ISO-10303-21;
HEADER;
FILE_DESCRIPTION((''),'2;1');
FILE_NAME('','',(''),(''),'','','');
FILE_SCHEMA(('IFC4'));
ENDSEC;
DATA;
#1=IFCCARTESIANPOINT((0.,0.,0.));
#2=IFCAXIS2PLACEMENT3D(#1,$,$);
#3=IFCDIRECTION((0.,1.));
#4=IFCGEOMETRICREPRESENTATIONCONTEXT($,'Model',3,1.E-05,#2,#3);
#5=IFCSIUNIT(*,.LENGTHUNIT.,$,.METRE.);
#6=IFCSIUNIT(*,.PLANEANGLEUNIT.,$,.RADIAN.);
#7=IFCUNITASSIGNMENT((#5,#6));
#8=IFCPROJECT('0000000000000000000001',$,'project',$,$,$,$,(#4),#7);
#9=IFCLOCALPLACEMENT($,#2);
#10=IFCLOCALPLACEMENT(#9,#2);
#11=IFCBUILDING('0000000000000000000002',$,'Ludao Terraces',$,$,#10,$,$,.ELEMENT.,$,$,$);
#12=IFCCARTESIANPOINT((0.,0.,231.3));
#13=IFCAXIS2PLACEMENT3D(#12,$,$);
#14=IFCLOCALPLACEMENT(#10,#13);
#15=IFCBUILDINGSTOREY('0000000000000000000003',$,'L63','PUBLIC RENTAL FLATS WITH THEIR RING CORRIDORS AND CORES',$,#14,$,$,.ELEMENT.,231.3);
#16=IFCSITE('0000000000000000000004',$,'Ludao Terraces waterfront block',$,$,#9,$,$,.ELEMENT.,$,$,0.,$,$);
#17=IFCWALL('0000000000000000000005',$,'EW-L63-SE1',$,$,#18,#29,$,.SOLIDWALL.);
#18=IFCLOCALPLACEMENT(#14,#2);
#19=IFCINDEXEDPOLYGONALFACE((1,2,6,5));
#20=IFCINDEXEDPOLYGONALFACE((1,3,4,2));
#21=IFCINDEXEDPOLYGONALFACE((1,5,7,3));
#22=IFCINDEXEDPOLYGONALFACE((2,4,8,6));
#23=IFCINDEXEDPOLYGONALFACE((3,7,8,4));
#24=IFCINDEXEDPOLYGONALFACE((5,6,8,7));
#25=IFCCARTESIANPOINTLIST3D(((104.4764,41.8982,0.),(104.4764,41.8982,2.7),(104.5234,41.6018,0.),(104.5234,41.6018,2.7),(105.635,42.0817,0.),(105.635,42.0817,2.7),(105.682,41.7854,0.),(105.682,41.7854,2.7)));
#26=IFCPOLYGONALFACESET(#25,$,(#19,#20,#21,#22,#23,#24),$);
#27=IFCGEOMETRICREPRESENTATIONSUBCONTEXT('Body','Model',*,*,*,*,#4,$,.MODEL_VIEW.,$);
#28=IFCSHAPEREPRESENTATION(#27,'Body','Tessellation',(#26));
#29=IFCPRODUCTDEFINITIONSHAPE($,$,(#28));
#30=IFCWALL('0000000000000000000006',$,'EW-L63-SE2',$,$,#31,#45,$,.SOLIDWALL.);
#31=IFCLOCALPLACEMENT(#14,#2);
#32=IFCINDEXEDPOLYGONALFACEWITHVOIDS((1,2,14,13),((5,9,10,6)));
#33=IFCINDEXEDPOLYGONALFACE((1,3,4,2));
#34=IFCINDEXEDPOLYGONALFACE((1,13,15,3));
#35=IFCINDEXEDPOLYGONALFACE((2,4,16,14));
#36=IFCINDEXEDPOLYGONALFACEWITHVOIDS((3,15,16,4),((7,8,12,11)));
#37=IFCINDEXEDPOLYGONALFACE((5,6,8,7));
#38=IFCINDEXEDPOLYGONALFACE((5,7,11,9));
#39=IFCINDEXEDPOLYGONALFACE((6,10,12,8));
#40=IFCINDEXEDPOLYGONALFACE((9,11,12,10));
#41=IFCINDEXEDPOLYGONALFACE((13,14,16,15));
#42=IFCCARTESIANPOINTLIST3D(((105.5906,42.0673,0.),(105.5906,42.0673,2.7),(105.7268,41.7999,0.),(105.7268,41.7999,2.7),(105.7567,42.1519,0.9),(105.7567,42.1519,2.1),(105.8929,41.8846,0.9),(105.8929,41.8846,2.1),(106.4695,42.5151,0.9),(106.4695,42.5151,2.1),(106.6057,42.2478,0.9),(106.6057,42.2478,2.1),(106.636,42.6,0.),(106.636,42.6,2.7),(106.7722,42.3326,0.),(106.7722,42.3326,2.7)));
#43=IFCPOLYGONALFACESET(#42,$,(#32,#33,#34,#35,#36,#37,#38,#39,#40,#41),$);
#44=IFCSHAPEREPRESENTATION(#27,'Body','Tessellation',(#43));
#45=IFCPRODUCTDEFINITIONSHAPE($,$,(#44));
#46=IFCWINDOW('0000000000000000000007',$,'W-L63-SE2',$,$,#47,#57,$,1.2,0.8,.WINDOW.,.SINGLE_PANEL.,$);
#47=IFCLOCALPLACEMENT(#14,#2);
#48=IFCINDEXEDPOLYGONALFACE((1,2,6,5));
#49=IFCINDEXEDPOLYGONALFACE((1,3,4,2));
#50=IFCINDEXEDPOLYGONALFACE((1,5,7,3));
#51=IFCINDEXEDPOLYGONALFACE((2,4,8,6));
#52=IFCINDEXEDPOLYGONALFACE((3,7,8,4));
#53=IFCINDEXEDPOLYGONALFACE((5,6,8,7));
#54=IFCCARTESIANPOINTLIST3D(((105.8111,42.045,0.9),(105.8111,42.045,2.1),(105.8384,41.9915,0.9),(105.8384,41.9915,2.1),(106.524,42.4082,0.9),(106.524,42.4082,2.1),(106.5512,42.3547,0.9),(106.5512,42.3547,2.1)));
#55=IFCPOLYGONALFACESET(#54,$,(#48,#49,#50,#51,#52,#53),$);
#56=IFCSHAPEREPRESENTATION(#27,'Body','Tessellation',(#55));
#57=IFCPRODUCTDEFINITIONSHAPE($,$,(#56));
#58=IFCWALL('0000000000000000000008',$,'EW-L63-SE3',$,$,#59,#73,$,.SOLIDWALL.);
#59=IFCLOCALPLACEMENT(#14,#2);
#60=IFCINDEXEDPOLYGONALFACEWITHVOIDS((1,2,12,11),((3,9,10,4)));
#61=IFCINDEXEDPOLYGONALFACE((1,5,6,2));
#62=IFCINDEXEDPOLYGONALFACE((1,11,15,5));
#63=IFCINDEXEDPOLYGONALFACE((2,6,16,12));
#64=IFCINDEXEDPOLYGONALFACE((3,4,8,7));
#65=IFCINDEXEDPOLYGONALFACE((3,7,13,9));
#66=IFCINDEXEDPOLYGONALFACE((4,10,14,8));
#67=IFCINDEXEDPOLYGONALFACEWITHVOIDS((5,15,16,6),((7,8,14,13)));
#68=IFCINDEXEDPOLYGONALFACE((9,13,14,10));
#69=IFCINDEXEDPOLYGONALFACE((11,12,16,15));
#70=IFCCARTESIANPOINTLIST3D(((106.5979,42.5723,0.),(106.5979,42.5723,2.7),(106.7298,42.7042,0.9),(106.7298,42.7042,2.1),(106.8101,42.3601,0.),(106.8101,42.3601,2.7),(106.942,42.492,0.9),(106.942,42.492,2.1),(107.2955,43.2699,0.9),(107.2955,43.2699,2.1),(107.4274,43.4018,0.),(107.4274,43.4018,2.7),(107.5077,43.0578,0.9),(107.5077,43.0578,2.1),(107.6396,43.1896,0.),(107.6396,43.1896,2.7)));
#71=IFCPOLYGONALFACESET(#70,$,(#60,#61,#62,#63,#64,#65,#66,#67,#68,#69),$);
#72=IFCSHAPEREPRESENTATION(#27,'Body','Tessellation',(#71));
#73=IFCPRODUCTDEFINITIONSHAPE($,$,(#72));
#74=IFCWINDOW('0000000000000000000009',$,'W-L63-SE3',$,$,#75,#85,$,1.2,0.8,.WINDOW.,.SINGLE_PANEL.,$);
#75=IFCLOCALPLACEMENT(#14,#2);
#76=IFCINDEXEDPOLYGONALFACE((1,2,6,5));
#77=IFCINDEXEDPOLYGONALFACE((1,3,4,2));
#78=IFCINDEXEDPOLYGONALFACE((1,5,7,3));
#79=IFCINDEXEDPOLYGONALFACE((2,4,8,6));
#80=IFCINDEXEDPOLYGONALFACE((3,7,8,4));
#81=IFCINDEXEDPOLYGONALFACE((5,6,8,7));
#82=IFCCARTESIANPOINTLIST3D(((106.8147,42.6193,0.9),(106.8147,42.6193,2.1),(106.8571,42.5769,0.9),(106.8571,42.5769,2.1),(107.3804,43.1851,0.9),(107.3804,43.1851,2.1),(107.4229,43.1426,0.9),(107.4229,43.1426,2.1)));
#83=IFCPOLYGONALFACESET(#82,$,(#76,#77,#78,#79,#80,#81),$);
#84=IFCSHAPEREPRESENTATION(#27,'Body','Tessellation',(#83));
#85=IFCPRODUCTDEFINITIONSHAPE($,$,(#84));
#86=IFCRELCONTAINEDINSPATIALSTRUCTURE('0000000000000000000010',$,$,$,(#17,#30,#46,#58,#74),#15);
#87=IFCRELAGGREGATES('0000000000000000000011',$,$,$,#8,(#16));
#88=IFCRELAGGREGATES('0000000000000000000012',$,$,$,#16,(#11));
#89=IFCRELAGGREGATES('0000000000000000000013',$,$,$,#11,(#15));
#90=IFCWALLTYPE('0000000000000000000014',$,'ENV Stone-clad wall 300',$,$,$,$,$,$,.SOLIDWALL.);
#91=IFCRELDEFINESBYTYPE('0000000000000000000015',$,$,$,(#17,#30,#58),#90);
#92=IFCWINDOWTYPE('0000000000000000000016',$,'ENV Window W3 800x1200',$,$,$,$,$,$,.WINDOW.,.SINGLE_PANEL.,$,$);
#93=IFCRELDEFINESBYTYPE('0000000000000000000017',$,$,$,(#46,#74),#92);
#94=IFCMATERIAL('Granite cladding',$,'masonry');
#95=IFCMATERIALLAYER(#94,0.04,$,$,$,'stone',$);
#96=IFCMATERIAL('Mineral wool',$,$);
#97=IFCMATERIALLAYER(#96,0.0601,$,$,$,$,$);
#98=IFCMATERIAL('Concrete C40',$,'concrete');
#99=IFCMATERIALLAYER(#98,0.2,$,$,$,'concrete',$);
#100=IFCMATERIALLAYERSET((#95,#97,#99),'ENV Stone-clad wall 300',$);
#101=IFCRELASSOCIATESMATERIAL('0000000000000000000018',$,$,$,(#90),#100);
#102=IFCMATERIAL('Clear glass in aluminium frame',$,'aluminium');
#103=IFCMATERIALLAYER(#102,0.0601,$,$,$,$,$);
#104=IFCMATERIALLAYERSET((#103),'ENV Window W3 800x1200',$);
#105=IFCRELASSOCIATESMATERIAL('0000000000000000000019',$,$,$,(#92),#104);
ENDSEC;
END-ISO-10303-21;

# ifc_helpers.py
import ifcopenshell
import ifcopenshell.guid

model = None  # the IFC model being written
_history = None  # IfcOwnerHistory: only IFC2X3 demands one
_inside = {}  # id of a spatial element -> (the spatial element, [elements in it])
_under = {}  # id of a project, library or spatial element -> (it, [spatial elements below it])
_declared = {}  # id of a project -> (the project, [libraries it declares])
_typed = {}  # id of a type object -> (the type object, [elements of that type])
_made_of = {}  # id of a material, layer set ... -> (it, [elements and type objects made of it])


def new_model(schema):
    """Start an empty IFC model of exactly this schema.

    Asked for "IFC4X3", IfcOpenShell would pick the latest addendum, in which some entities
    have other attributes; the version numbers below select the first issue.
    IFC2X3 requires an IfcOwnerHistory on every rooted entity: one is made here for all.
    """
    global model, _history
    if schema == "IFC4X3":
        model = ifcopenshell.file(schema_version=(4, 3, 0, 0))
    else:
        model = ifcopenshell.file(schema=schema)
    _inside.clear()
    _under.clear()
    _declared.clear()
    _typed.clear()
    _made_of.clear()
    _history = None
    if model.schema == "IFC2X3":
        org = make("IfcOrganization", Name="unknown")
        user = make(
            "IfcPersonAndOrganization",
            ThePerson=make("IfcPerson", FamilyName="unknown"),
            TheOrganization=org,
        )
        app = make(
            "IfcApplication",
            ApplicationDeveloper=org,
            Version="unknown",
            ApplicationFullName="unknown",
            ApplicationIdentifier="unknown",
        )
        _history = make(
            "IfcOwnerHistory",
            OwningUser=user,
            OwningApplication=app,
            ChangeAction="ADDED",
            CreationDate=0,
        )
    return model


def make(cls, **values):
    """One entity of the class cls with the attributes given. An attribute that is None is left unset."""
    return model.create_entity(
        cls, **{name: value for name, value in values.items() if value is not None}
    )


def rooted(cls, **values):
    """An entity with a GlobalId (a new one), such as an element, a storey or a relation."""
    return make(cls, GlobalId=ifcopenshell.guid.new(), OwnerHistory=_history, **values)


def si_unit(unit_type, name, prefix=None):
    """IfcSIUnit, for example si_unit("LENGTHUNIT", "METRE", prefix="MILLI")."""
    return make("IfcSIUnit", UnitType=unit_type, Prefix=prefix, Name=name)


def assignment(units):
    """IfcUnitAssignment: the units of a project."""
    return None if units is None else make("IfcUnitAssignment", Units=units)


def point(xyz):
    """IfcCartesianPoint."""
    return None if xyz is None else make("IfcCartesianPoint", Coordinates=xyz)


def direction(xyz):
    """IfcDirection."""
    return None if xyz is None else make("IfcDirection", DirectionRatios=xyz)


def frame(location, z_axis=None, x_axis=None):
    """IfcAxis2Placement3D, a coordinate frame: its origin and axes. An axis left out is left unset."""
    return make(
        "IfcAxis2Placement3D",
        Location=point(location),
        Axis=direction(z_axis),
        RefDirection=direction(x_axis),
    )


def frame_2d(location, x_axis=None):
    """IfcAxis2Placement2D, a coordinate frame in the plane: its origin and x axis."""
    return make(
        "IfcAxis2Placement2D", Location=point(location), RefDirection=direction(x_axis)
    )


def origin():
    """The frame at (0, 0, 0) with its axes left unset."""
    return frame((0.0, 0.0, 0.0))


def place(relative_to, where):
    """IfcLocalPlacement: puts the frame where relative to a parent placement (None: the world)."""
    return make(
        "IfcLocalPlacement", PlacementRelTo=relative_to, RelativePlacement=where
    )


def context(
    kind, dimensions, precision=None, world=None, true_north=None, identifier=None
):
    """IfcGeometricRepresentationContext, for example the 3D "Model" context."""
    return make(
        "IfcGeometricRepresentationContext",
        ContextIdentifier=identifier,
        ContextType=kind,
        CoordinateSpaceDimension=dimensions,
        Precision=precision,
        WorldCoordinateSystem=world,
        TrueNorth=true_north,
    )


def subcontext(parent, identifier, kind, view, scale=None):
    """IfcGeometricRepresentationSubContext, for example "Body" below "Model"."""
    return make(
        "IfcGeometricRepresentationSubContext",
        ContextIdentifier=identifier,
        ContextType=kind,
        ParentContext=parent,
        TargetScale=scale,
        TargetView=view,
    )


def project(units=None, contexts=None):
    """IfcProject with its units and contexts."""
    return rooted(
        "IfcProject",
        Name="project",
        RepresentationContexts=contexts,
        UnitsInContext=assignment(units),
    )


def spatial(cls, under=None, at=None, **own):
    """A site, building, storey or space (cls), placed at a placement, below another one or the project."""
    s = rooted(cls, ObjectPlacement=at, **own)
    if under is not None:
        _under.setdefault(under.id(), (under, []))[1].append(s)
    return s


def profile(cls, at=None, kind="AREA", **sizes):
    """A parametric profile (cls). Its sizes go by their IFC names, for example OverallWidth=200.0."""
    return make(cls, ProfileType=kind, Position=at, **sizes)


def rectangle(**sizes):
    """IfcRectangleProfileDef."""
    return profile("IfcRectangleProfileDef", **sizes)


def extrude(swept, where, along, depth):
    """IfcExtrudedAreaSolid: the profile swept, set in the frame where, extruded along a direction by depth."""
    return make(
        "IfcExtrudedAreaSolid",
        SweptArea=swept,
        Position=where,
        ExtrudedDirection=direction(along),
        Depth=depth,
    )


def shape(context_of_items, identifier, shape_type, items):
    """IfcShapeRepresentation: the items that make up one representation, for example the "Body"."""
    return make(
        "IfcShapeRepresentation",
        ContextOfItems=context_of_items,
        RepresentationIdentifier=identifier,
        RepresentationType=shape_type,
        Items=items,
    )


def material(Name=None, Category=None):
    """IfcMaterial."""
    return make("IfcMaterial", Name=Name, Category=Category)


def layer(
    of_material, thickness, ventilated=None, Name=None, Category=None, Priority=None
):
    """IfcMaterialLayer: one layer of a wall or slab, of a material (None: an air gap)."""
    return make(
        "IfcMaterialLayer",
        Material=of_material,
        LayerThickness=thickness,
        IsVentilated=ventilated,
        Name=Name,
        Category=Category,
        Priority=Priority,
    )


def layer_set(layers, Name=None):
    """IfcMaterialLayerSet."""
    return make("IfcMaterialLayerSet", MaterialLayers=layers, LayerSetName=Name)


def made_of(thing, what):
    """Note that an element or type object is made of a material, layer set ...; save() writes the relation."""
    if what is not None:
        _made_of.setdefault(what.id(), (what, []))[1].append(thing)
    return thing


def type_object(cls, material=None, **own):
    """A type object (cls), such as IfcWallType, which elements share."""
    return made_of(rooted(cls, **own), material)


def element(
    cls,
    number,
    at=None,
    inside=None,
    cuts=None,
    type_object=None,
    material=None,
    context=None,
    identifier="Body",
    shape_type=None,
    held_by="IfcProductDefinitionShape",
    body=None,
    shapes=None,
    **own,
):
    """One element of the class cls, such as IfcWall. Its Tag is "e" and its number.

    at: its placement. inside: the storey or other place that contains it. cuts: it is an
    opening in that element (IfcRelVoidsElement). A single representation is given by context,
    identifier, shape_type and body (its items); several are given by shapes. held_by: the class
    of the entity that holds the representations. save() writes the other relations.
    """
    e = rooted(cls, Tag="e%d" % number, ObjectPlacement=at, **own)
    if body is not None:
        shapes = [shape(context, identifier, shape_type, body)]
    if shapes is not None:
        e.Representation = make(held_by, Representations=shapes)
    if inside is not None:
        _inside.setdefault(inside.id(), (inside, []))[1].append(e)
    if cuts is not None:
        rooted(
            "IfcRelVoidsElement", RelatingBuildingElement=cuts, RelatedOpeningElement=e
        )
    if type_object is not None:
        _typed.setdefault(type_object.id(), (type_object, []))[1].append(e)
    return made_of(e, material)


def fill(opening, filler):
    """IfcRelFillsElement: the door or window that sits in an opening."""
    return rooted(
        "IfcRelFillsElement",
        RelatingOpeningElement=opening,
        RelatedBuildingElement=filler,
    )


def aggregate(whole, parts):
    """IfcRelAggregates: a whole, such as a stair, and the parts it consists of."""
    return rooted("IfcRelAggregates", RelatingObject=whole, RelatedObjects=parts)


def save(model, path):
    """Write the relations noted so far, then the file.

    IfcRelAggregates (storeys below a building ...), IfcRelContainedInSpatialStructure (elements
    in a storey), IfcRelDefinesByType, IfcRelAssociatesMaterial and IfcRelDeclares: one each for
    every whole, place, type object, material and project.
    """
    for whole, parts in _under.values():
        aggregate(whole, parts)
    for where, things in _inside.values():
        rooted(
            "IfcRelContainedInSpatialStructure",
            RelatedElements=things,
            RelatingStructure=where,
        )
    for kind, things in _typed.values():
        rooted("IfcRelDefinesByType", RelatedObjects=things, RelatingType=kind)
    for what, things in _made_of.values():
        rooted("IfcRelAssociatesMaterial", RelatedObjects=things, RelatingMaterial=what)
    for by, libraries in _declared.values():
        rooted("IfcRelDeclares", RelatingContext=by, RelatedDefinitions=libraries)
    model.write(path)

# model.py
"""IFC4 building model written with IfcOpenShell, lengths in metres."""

from ifc_helpers import new_model, si_unit, direction, frame, frame_2d, origin, place, context, subcontext, project, spatial, rectangle, extrude, material, layer, layer_set, type_object, element, fill, save


model = new_model("IFC4")

# Units and contexts
model_context = context("Model", 3, precision=1e-05, world=origin(), true_north=direction((0.0, 1.0)))
body_context = subcontext(model_context, "Body", "Model", "MODEL_VIEW")
ifc_project = project(units=[si_unit("LENGTHUNIT", "METRE"), si_unit("PLANEANGLEUNIT", "RADIAN")], contexts=[model_context])

# Site, building, storey
site_placement = place(None, origin())
site = spatial("IfcSite", under=ifc_project, at=site_placement, Name="Ludao Terraces waterfront block", CompositionType="ELEMENT", RefElevation=0.0)
building_placement = place(site_placement, origin())
building = spatial("IfcBuilding", under=site, at=building_placement, Name="Ludao Terraces", CompositionType="ELEMENT")
storey_placement = place(building_placement, frame((0.0, 0.0, 231.3)))
storey = spatial("IfcBuildingStorey", under=building, at=storey_placement, Name="L63", Description="PUBLIC RENTAL FLATS WITH THEIR RING CORRIDORS AND CORES", CompositionType="ELEMENT", Elevation=231.3)

# Wall
ifc_material_1 = material(Name="Granite cladding", Category="masonry")
ifc_layer_1 = layer(ifc_material_1, 0.04, Category="stone")
ifc_material_2 = material(Name="Mineral wool")
ifc_layer_2 = layer(ifc_material_2, 0.0601)
ifc_material_3 = material(Name="Concrete C40", Category="concrete")
ifc_layer_3 = layer(ifc_material_3, 0.2, Category="concrete")
ifc_layer_set_1 = layer_set([ifc_layer_1, ifc_layer_2, ifc_layer_3], Name="ENV Stone-clad wall 300")
wall_type = type_object("IfcWallType", Name="ENV Stone-clad wall 300", PredefinedType="SOLIDWALL", material=ifc_layer_set_1)
wall_1_placement = place(storey_placement, frame((104.5, 41.75, 0.0), z_axis=(0.0, 0.0, 1.0), x_axis=(0.987678, 0.156497, 0.0)))
element("IfcWall", 1, at=wall_1_placement, inside=storey, type_object=wall_type, Name="EW-L63-SE1", PredefinedType="SOLIDWALL", context=body_context, shape_type="SweptSolid", body=[
    extrude(rectangle(XDim=1.1731, YDim=0.3, at=frame_2d((0.5864, 0.0))), origin(), (0.0, 0.0, 1.0), 2.7),
])

# Walls, openings, windows
wall_2_placement = place(storey_placement, frame((105.6587, 41.9336, 0.0), z_axis=(0.0, 0.0, 1.0), x_axis=(0.890989, 0.454026, 0.0)))
wall_2 = element("IfcWall", 2, at=wall_2_placement, inside=storey, type_object=wall_type, Name="EW-L63-SE2", PredefinedType="SOLIDWALL", context=body_context, shape_type="SweptSolid", body=[
    extrude(rectangle(XDim=1.1733, YDim=0.3, at=frame_2d((0.5867, 0.0))), origin(), (0.0, 0.0, 1.0), 2.7),
])
opening_1_placement = place(wall_2_placement, frame((0.1865, 0.0, 0.8999)))
opening_1 = element("IfcOpeningElement", 3, at=opening_1_placement, cuts=wall_2, PredefinedType="OPENING", context=body_context, shape_type="SweptSolid", body=[
    extrude(rectangle(XDim=0.8, YDim=1.2, at=frame_2d((0.3999, 0.6001))), frame((0.0, 0.1602, 0.0), z_axis=(0.0, -1.0, 0.0), x_axis=(1.0, 0.0, 0.0)), (0.0, 0.0, 1.0), 0.3201),
])
ifc_material_4 = material(Name="Clear glass in aluminium frame", Category="aluminium")
ifc_layer_4 = layer(ifc_material_4, 0.0601)
ifc_layer_set_2 = layer_set([ifc_layer_4], Name="ENV Window W3 800x1200")
window_type = type_object("IfcWindowType", Name="ENV Window W3 800x1200", PartitioningType="SINGLE_PANEL", PredefinedType="WINDOW", material=ifc_layer_set_2)
window_1_placement = place(opening_1_placement, origin())
window_1 = element("IfcWindow", 4, at=window_1_placement, inside=storey, type_object=window_type, Name="W-L63-SE2", OverallHeight=1.2, OverallWidth=0.8, PartitioningType="SINGLE_PANEL", PredefinedType="WINDOW", context=body_context, shape_type="SweptSolid", body=[
    extrude(rectangle(XDim=0.8, YDim=1.2, at=frame_2d((0.3999, 0.6001))), frame((0.0, 0.03, 0.0), z_axis=(0.0, -1.0, 0.0), x_axis=(1.0, 0.0, 0.0)), (0.0, 0.0, 1.0), 0.0601),
])
fill(opening_1, window_1)
wall_3_placement = place(storey_placement, frame((106.7041, 42.4663, 0.0), z_axis=(0.0, 0.0, 1.0), x_axis=(0.707107, 0.707107, 0.0)))
wall_3 = element("IfcWall", 5, at=wall_3_placement, inside=storey, type_object=wall_type, Name="EW-L63-SE3", PredefinedType="SOLIDWALL", context=body_context, shape_type="SweptSolid", body=[
    extrude(rectangle(XDim=1.1731, YDim=0.3, at=frame_2d((0.5864, 0.0))), origin(), (0.0, 0.0, 1.0), 2.7),
])
opening_2_placement = place(wall_3_placement, frame((0.1865, 0.0, 0.8999)))
opening_2 = element("IfcOpeningElement", 6, at=opening_2_placement, cuts=wall_3, PredefinedType="OPENING", context=body_context, shape_type="SweptSolid", body=[
    extrude(rectangle(XDim=0.8, YDim=1.2, at=frame_2d((0.3999, 0.6001))), frame((0.0, 0.1602, 0.0), z_axis=(0.0, -1.0, 0.0), x_axis=(1.0, 0.0, 0.0)), (0.0, 0.0, 1.0), 0.3201),
])
window_2_placement = place(opening_2_placement, origin())
window_2 = element("IfcWindow", 7, at=window_2_placement, inside=storey, type_object=window_type, Name="W-L63-SE3", OverallHeight=1.2, OverallWidth=0.8, PartitioningType="SINGLE_PANEL", PredefinedType="WINDOW", context=body_context, shape_type="SweptSolid", body=[
    extrude(rectangle(XDim=0.8, YDim=1.2, at=frame_2d((0.3999, 0.6001))), frame((0.0, 0.03, 0.0), z_axis=(0.0, -1.0, 0.0), x_axis=(1.0, 0.0, 0.0)), (0.0, 0.0, 1.0), 0.0601),
])
fill(opening_2, window_2)

save(model, "model.ifc")
